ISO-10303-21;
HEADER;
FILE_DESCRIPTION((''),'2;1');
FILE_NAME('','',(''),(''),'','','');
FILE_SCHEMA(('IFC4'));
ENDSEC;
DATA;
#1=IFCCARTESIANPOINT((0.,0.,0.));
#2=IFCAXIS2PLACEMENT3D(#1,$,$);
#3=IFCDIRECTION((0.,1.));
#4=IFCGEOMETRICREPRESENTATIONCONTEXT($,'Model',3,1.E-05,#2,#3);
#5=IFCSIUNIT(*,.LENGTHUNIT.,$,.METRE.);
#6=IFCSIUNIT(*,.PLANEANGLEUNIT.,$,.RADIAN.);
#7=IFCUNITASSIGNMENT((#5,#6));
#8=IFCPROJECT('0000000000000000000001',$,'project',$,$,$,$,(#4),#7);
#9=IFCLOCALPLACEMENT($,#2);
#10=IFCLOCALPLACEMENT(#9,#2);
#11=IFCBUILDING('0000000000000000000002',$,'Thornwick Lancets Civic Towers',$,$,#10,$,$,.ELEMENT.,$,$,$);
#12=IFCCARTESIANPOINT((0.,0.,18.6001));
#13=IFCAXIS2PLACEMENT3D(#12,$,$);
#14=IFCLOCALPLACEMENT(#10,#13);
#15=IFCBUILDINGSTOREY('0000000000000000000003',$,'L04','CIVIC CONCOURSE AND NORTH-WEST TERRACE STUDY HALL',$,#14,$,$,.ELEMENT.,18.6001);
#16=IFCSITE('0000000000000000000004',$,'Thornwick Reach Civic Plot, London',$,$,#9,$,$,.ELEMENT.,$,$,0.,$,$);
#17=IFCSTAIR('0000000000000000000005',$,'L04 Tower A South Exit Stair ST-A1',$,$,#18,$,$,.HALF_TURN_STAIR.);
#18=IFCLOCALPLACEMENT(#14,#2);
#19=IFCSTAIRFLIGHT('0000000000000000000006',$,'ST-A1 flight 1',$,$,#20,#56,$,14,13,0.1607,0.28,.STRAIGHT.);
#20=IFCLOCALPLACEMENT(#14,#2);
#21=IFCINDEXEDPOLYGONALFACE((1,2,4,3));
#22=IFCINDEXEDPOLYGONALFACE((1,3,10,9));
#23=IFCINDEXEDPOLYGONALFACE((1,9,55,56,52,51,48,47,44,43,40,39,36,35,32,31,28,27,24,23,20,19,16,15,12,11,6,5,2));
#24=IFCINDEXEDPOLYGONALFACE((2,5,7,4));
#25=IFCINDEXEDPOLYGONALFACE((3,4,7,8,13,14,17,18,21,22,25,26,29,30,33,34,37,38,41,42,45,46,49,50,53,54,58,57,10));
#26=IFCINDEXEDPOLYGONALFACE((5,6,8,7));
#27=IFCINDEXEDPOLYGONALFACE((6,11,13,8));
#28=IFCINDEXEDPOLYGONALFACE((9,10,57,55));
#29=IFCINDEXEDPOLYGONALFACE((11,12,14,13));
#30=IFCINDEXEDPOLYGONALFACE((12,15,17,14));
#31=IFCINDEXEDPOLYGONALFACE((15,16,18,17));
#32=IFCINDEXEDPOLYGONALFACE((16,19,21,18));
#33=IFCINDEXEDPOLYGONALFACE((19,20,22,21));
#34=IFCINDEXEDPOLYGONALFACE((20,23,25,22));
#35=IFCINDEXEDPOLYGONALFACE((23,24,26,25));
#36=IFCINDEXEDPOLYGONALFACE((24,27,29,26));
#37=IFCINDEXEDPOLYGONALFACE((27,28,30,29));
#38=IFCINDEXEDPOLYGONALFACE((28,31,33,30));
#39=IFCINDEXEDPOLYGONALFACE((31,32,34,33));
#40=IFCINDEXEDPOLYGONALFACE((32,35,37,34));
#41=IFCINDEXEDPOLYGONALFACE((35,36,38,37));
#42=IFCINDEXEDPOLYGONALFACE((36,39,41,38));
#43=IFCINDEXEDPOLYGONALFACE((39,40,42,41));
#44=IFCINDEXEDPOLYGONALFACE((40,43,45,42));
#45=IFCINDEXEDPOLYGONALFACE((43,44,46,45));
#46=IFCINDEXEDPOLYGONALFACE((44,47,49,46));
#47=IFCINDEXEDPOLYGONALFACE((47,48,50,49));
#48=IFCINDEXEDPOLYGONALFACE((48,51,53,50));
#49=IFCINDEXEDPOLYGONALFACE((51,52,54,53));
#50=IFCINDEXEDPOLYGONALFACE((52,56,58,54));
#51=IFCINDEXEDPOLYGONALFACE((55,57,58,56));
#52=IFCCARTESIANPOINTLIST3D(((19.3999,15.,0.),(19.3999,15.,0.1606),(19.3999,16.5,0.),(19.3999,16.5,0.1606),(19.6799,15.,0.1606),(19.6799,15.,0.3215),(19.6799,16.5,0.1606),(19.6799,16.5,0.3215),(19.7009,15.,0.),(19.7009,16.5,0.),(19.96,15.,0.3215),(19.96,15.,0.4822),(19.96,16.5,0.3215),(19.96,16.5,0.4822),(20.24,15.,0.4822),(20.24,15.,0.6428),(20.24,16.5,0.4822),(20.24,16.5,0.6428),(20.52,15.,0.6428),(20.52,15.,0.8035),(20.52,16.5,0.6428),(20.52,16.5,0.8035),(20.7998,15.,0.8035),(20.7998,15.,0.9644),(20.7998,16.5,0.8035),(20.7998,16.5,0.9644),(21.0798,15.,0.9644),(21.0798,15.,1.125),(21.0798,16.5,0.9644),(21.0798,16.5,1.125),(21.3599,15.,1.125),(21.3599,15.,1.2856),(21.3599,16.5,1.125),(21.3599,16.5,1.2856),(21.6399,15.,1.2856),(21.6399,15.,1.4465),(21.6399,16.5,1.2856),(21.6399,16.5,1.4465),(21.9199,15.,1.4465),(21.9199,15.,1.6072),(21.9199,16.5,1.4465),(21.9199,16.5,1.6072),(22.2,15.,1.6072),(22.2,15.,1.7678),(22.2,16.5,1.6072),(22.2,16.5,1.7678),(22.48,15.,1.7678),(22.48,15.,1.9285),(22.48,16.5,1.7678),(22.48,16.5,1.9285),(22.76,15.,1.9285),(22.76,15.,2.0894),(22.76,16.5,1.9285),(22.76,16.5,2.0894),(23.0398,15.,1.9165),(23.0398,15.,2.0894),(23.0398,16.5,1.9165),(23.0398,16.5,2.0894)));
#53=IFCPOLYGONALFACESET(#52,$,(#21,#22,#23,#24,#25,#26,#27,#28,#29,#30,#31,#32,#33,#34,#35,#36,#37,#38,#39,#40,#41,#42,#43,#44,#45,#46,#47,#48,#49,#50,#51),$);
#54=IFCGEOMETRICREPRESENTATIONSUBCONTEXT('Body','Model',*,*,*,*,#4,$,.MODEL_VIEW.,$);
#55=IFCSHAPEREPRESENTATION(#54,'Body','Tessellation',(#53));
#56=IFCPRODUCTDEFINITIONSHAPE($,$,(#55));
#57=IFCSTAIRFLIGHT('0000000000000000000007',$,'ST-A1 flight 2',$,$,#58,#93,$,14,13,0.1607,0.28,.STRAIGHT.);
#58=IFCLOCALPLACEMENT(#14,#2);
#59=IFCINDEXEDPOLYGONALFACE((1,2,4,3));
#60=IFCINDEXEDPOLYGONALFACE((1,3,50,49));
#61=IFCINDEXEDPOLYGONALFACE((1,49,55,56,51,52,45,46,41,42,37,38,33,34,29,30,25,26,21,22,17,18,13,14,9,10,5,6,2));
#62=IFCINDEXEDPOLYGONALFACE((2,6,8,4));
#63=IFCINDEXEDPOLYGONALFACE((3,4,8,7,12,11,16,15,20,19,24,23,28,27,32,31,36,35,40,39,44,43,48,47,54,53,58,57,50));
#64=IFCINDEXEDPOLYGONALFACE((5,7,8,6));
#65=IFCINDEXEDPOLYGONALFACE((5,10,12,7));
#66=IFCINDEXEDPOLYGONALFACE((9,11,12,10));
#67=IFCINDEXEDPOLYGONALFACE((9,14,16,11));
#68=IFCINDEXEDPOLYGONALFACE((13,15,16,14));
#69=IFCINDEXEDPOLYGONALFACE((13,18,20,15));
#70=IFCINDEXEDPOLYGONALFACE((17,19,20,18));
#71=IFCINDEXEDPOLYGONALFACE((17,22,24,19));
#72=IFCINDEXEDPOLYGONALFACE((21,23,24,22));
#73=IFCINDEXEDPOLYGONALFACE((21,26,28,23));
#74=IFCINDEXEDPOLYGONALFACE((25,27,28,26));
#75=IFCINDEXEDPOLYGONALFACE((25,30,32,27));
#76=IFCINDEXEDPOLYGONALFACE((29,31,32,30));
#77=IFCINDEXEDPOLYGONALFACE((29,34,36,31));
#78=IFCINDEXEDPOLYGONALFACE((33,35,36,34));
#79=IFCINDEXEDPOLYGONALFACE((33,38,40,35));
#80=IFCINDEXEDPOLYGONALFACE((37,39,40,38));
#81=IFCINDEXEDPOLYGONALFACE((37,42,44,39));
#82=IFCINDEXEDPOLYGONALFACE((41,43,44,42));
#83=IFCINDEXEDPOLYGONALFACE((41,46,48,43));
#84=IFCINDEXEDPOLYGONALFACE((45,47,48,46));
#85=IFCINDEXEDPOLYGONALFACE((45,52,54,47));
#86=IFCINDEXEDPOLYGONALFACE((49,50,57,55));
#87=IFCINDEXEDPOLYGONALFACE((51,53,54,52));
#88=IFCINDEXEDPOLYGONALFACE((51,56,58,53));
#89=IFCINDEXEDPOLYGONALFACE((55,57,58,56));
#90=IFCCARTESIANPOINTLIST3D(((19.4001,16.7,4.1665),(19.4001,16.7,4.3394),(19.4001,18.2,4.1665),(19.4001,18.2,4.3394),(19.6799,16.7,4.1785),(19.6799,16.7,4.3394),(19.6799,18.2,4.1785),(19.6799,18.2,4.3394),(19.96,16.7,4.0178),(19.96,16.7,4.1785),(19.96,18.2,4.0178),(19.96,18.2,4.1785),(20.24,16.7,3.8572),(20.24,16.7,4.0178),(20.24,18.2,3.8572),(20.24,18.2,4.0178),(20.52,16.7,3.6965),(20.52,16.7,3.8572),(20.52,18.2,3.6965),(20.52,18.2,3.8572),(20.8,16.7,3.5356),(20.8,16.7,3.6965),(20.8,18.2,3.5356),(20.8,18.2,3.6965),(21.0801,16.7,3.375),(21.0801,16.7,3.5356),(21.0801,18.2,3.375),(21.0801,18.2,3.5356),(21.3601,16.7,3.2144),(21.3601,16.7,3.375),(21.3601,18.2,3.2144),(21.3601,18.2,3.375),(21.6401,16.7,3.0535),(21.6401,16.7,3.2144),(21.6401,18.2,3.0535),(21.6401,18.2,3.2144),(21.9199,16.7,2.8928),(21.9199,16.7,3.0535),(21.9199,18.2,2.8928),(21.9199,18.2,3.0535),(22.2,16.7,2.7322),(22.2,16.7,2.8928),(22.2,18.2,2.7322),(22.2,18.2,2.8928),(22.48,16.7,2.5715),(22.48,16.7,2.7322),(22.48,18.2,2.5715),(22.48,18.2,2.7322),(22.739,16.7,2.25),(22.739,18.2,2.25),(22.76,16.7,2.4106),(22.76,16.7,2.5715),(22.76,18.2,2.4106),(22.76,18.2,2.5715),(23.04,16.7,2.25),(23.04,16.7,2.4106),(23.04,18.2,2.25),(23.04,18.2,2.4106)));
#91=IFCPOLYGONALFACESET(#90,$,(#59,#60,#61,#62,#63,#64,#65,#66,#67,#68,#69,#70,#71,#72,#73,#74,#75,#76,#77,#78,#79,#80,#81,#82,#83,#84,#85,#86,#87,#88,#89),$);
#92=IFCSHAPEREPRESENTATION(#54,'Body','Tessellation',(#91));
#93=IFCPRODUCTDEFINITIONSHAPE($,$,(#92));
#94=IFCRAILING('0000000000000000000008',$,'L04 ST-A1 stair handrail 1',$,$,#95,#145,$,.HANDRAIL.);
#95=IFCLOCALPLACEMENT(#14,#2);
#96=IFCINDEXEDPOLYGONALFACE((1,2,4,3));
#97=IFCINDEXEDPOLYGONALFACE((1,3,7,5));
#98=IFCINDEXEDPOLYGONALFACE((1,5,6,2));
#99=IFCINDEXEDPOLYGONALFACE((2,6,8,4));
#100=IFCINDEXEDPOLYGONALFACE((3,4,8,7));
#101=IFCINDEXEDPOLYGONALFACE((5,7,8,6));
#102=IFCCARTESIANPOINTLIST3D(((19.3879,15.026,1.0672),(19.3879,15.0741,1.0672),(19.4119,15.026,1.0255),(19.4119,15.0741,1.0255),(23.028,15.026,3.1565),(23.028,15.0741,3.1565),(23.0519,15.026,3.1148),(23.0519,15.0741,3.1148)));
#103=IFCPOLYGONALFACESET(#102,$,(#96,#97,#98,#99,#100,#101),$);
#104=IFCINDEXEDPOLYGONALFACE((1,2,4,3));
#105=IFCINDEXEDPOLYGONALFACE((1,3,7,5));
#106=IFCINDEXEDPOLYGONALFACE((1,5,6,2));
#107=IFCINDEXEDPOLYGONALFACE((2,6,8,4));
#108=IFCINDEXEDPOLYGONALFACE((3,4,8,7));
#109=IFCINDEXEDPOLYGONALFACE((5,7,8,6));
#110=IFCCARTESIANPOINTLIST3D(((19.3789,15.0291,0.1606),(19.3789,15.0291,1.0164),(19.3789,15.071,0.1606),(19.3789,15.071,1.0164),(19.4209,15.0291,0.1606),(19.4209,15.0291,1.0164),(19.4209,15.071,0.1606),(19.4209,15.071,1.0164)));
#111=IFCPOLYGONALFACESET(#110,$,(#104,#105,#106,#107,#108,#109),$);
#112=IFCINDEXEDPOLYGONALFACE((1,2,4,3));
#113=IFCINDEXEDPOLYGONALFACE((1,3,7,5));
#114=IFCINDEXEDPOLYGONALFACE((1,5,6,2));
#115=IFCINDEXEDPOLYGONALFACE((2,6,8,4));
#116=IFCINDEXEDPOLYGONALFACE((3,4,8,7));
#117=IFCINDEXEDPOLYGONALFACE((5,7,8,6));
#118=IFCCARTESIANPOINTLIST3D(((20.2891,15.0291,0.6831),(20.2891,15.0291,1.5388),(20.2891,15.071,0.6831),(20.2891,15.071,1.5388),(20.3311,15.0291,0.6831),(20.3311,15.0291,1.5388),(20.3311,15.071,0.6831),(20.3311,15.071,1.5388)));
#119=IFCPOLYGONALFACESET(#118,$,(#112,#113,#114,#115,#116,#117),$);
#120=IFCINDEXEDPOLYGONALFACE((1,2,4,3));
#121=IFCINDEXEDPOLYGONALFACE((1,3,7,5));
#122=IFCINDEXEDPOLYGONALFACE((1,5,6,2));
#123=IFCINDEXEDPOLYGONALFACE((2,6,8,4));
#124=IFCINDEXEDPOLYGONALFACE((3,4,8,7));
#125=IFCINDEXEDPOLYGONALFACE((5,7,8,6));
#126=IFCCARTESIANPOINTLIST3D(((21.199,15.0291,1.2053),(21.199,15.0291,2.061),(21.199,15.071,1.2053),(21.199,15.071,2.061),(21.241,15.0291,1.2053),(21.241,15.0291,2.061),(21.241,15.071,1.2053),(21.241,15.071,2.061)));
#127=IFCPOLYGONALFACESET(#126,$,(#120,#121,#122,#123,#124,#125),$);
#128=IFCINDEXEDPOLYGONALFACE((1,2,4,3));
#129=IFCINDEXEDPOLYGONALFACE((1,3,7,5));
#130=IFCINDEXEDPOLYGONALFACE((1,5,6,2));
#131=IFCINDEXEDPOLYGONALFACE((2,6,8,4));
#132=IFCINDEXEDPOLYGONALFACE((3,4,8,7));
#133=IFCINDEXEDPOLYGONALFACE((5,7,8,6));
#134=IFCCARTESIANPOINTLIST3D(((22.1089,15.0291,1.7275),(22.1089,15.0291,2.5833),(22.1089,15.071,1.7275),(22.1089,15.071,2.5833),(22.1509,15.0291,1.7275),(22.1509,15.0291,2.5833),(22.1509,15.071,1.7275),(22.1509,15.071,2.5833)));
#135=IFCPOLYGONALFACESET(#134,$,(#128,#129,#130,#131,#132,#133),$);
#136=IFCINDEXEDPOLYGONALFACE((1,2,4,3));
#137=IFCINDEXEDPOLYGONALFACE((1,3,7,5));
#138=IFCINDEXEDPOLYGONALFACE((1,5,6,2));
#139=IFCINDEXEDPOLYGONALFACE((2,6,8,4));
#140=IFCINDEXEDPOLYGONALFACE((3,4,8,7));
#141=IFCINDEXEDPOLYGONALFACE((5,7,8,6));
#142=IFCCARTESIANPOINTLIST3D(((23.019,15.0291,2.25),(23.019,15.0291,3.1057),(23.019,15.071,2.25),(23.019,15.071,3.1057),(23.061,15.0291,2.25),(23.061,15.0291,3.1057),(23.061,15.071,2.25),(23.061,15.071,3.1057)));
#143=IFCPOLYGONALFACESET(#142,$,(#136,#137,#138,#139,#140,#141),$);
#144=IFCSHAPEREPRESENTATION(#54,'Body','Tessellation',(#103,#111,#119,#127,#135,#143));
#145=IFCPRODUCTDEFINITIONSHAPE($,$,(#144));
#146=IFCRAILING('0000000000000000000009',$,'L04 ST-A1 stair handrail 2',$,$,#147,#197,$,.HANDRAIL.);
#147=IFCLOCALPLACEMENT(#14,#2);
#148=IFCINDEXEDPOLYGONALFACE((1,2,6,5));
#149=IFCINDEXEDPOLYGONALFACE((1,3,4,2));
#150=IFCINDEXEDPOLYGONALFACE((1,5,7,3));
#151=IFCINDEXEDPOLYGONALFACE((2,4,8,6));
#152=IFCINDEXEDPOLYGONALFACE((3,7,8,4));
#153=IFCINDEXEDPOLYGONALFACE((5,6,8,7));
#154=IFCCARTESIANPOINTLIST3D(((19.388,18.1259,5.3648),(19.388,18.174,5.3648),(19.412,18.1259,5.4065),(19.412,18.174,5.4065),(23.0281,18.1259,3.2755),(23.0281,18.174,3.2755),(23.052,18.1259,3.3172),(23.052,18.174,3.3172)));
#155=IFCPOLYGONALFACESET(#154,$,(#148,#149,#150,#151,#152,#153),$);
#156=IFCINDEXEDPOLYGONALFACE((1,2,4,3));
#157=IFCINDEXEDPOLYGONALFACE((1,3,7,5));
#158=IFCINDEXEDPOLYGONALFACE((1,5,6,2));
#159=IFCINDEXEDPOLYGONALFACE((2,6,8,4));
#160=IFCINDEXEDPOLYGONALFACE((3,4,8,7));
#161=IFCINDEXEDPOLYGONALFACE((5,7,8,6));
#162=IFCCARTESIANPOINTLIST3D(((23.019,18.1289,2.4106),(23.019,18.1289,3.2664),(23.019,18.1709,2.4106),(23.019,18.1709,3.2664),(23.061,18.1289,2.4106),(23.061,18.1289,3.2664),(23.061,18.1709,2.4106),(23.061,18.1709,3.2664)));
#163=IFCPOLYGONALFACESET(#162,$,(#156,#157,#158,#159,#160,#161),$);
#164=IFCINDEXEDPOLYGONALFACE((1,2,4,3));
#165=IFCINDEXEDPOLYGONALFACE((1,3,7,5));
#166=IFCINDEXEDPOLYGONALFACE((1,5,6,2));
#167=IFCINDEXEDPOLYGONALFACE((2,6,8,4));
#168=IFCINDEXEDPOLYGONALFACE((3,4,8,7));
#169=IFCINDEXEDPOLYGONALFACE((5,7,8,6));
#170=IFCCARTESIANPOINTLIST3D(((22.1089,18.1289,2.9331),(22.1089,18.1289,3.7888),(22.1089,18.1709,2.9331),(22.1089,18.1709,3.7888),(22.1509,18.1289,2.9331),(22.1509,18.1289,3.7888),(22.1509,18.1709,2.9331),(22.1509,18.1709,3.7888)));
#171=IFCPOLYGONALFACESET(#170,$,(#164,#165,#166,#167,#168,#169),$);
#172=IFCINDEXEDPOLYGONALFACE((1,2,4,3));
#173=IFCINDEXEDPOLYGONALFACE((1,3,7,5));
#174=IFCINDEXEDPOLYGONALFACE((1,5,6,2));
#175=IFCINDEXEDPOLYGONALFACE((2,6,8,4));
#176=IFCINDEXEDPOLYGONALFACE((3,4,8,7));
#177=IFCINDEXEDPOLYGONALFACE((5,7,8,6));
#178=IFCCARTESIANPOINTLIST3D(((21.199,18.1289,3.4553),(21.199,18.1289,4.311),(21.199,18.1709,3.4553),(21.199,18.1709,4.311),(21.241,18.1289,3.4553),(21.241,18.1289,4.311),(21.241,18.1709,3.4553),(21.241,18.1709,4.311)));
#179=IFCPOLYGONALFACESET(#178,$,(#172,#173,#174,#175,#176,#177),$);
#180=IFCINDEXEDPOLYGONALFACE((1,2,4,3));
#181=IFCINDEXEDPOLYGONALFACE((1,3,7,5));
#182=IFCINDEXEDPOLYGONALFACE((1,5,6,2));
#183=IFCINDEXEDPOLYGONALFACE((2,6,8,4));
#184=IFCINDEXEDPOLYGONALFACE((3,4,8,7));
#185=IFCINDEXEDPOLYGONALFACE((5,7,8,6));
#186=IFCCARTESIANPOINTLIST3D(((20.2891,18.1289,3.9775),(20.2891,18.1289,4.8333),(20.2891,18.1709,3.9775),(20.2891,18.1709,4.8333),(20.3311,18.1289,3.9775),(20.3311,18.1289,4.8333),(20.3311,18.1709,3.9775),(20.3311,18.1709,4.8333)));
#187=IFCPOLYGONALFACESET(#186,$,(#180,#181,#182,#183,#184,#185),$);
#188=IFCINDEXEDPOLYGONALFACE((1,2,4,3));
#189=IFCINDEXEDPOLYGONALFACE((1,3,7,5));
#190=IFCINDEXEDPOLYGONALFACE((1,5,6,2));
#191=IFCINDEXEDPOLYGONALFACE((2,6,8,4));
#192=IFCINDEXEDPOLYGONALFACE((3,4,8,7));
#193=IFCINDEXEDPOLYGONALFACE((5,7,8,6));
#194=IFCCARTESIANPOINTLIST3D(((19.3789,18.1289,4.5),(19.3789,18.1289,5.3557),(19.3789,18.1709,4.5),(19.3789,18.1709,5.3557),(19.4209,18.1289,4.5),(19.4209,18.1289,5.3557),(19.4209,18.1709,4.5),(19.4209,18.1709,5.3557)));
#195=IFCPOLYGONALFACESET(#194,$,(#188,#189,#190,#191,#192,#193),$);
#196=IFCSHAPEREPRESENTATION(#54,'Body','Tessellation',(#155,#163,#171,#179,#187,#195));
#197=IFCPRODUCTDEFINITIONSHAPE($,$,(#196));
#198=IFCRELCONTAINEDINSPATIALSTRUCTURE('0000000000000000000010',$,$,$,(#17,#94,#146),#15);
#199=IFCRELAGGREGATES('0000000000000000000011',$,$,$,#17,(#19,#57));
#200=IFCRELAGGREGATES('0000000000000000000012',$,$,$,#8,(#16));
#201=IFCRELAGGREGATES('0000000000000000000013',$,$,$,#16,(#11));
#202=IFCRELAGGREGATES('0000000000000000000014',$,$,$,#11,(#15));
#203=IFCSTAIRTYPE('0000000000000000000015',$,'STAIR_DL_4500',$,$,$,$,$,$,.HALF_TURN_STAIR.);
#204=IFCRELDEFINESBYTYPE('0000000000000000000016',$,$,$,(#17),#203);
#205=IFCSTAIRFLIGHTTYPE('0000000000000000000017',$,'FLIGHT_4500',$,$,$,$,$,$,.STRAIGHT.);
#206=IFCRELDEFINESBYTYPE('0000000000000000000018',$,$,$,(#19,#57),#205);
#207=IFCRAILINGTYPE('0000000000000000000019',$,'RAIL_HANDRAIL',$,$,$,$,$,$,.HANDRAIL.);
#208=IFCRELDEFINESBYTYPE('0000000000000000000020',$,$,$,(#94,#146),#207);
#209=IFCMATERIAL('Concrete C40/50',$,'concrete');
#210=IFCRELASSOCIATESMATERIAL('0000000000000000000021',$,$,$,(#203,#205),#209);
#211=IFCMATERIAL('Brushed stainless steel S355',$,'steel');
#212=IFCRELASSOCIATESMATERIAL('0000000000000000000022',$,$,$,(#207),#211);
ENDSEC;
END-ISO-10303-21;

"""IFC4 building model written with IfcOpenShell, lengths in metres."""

from ifc_helpers import new_model, si_unit, direction, frame, origin, origin_2d, place, context, subcontext, project, spatial, polyline, rectangle, outline, extrude, material, type_object, element, aggregate, save


model = new_model("IFC4")

# Units and contexts
model_context = context("Model", 3, precision=1e-05, world=origin(), true_north=direction((0.0, 1.0)))
body_context = subcontext(model_context, "Body", "Model", "MODEL_VIEW")
ifc_project = project(units=[si_unit("LENGTHUNIT", "METRE"), si_unit("PLANEANGLEUNIT", "RADIAN")], contexts=[model_context])

# Site, building, storey
site_placement = place(None, origin())
site = spatial("IfcSite", under=ifc_project, at=site_placement, Name="Thornwick Reach Civic Plot, London", CompositionType="ELEMENT", RefElevation=0.0)
building_placement = place(site_placement, origin())
building = spatial("IfcBuilding", under=site, at=building_placement, Name="Thornwick Lancets Civic Towers", CompositionType="ELEMENT")
storey_placement = place(building_placement, frame((0.0, 0.0, 18.6001)))
storey = spatial("IfcBuildingStorey", under=building, at=storey_placement, Name="L04", Description="CIVIC CONCOURSE AND NORTH-WEST TERRACE STUDY HALL", CompositionType="ELEMENT", Elevation=18.6001)

# Shared definitions
ifc_material_1 = material(Name="Concrete C40/50", Category="concrete")

# Stair, stair flights
stair_type = type_object("IfcStairType", Name="STAIR_DL_4500", PredefinedType="HALF_TURN_STAIR", material=ifc_material_1)
stair_placement = place(storey_placement, origin())
stair = element("IfcStair", 1, at=stair_placement, inside=storey, type_object=stair_type, Name="L04 Tower A South Exit Stair ST-A1", PredefinedType="HALF_TURN_STAIR")
stair_flight_type = type_object("IfcStairFlightType", Name="FLIGHT_4500", PredefinedType="STRAIGHT", material=ifc_material_1)
stair_flight_1_placement = place(storey_placement, frame((19.3999, 15.75, 0.0), z_axis=(0.0, 0.0, 1.0), x_axis=(1.0, 0.0, 0.0)))
stair_flight_1 = element("IfcStairFlight", 2, at=stair_flight_1_placement, type_object=stair_flight_type, Name="ST-A1 flight 1", NumberOfRisers=14, NumberOfTreads=13, PredefinedType="STRAIGHT", RiserHeight=0.1607, TreadLength=0.28, context=body_context, shape_type="SweptSolid", body=[
    extrude(outline(polyline([(0.0, 0.0), (0.0, 0.1606), (0.28, 0.1606), (0.28, 0.3215), (0.5601, 0.3215), (0.5601, 0.4822), (0.8401, 0.4822), (0.8401, 0.6428), (1.1201, 0.6428), (1.1201, 0.8035), (1.3999, 0.8035), (1.3999, 0.9644), (1.6799, 0.9644), (1.6799, 1.125), (1.96, 1.125), (1.96, 1.2856), (2.24, 1.2856), (2.24, 1.4465), (2.52, 1.4465), (2.52, 1.6072), (2.8, 1.6072), (2.8, 1.7678), (3.0801, 1.7678), (3.0801, 1.9285), (3.3601, 1.9285), (3.3601, 2.0894), (3.6399, 2.0894), (3.6399, 2.25), (3.6399, 1.9165), (0.301, 0.0), (0.0, 0.0)])), frame((0.0, 0.75, 0.0), z_axis=(0.0, -1.0, 0.0), x_axis=(1.0, 0.0, 0.0)), (0.0, 0.0, 1.0), 1.5),
])
stair_flight_2_placement = place(storey_placement, frame((23.04, 17.45, 2.25), z_axis=(0.0, 0.0, 1.0), x_axis=(-1.0, 0.0, 0.0)))
stair_flight_2 = element("IfcStairFlight", 3, at=stair_flight_2_placement, type_object=stair_flight_type, Name="ST-A1 flight 2", NumberOfRisers=14, NumberOfTreads=13, PredefinedType="STRAIGHT", RiserHeight=0.1607, TreadLength=0.28, context=body_context, shape_type="SweptSolid", body=[
    extrude(outline(polyline([(0.0, 0.0), (0.0, 0.1606), (0.28, 0.1606), (0.28, 0.3215), (0.5601, 0.3215), (0.5601, 0.4822), (0.8401, 0.4822), (0.8401, 0.6428), (1.1201, 0.6428), (1.1201, 0.8035), (1.3999, 0.8035), (1.3999, 0.9644), (1.6799, 0.9644), (1.6799, 1.125), (1.96, 1.125), (1.96, 1.2856), (2.24, 1.2856), (2.24, 1.4465), (2.52, 1.4465), (2.52, 1.6072), (2.8, 1.6072), (2.8, 1.7678), (3.0801, 1.7678), (3.0801, 1.9285), (3.3601, 1.9285), (3.3601, 2.0894), (3.6399, 2.0894), (3.6399, 2.25), (3.6399, 1.9165), (0.301, 0.0), (0.0, 0.0)])), frame((0.0, 0.75, 0.0), z_axis=(0.0, -1.0, 0.0), x_axis=(1.0, 0.0, 0.0)), (0.0, 0.0, 1.0), 1.5),
])
aggregate(stair, [stair_flight_1, stair_flight_2])

# Railings
ifc_material_2 = material(Name="Brushed stainless steel S355", Category="steel")
railing_type_1 = type_object("IfcRailingType", Name="RAIL_HANDRAIL", PredefinedType="HANDRAIL", material=ifc_material_2)
railing_1_placement = place(storey_placement, frame((19.3999, 15.05, 0.1606)))
element("IfcRailing", 4, at=railing_1_placement, inside=storey, type_object=railing_type_1, Name="L04 ST-A1 stair handrail 1", PredefinedType="HANDRAIL", context=body_context, shape_type="SweptSolid", body=[
    extrude(rectangle(XDim=0.0481, YDim=0.0481, at=origin_2d()), frame((0.0, 0.0, 0.8857), z_axis=(0.867289, 0.0, 0.497804), x_axis=(0.0, 1.0, 0.0)), (0.0, 0.0, 1.0), 4.197),
    extrude(rectangle(XDim=0.042, YDim=0.042, at=origin_2d()), origin(), (0.0, 0.0, 1.0), 0.8557),
    extrude(rectangle(XDim=0.042, YDim=0.042, at=origin_2d()), frame((0.9102, 0.0, 0.5225)), (0.0, 0.0, 1.0), 0.8557),
    extrude(rectangle(XDim=0.042, YDim=0.042, at=origin_2d()), frame((1.8201, 0.0, 1.0447)), (0.0, 0.0, 1.0), 0.8557),
    extrude(rectangle(XDim=0.042, YDim=0.042, at=origin_2d()), frame((2.73, 0.0, 1.5669)), (0.0, 0.0, 1.0), 0.8557),
    extrude(rectangle(XDim=0.042, YDim=0.042, at=origin_2d()), frame((3.6401, 0.0, 2.0894)), (0.0, 0.0, 1.0), 0.8557),
])
railing_2_placement = place(storey_placement, frame((23.04, 18.1499, 2.4106)))
element("IfcRailing", 5, at=railing_2_placement, inside=storey, type_object=railing_type_1, Name="L04 ST-A1 stair handrail 2", PredefinedType="HANDRAIL", context=body_context, shape_type="SweptSolid", body=[
    extrude(rectangle(XDim=0.0481, YDim=0.0481, at=origin_2d()), frame((0.0, 0.0, 0.8857), z_axis=(-0.867289, 0.0, 0.497804), x_axis=(0.0, -1.0, 0.0)), (0.0, 0.0, 1.0), 4.197),
    extrude(rectangle(XDim=0.042, YDim=0.042, at=origin_2d()), origin(), (0.0, 0.0, 1.0), 0.8557),
    extrude(rectangle(XDim=0.042, YDim=0.042, at=origin_2d()), frame((-0.9102, 0.0, 0.5225)), (0.0, 0.0, 1.0), 0.8557),
    extrude(rectangle(XDim=0.042, YDim=0.042, at=origin_2d()), frame((-1.8201, 0.0, 1.0447)), (0.0, 0.0, 1.0), 0.8557),
    extrude(rectangle(XDim=0.042, YDim=0.042, at=origin_2d()), frame((-2.73, 0.0, 1.5669)), (0.0, 0.0, 1.0), 0.8557),
    extrude(rectangle(XDim=0.042, YDim=0.042, at=origin_2d()), frame((-3.6401, 0.0, 2.0894)), (0.0, 0.0, 1.0), 0.8557),
])

save(model, "model.ifc")
